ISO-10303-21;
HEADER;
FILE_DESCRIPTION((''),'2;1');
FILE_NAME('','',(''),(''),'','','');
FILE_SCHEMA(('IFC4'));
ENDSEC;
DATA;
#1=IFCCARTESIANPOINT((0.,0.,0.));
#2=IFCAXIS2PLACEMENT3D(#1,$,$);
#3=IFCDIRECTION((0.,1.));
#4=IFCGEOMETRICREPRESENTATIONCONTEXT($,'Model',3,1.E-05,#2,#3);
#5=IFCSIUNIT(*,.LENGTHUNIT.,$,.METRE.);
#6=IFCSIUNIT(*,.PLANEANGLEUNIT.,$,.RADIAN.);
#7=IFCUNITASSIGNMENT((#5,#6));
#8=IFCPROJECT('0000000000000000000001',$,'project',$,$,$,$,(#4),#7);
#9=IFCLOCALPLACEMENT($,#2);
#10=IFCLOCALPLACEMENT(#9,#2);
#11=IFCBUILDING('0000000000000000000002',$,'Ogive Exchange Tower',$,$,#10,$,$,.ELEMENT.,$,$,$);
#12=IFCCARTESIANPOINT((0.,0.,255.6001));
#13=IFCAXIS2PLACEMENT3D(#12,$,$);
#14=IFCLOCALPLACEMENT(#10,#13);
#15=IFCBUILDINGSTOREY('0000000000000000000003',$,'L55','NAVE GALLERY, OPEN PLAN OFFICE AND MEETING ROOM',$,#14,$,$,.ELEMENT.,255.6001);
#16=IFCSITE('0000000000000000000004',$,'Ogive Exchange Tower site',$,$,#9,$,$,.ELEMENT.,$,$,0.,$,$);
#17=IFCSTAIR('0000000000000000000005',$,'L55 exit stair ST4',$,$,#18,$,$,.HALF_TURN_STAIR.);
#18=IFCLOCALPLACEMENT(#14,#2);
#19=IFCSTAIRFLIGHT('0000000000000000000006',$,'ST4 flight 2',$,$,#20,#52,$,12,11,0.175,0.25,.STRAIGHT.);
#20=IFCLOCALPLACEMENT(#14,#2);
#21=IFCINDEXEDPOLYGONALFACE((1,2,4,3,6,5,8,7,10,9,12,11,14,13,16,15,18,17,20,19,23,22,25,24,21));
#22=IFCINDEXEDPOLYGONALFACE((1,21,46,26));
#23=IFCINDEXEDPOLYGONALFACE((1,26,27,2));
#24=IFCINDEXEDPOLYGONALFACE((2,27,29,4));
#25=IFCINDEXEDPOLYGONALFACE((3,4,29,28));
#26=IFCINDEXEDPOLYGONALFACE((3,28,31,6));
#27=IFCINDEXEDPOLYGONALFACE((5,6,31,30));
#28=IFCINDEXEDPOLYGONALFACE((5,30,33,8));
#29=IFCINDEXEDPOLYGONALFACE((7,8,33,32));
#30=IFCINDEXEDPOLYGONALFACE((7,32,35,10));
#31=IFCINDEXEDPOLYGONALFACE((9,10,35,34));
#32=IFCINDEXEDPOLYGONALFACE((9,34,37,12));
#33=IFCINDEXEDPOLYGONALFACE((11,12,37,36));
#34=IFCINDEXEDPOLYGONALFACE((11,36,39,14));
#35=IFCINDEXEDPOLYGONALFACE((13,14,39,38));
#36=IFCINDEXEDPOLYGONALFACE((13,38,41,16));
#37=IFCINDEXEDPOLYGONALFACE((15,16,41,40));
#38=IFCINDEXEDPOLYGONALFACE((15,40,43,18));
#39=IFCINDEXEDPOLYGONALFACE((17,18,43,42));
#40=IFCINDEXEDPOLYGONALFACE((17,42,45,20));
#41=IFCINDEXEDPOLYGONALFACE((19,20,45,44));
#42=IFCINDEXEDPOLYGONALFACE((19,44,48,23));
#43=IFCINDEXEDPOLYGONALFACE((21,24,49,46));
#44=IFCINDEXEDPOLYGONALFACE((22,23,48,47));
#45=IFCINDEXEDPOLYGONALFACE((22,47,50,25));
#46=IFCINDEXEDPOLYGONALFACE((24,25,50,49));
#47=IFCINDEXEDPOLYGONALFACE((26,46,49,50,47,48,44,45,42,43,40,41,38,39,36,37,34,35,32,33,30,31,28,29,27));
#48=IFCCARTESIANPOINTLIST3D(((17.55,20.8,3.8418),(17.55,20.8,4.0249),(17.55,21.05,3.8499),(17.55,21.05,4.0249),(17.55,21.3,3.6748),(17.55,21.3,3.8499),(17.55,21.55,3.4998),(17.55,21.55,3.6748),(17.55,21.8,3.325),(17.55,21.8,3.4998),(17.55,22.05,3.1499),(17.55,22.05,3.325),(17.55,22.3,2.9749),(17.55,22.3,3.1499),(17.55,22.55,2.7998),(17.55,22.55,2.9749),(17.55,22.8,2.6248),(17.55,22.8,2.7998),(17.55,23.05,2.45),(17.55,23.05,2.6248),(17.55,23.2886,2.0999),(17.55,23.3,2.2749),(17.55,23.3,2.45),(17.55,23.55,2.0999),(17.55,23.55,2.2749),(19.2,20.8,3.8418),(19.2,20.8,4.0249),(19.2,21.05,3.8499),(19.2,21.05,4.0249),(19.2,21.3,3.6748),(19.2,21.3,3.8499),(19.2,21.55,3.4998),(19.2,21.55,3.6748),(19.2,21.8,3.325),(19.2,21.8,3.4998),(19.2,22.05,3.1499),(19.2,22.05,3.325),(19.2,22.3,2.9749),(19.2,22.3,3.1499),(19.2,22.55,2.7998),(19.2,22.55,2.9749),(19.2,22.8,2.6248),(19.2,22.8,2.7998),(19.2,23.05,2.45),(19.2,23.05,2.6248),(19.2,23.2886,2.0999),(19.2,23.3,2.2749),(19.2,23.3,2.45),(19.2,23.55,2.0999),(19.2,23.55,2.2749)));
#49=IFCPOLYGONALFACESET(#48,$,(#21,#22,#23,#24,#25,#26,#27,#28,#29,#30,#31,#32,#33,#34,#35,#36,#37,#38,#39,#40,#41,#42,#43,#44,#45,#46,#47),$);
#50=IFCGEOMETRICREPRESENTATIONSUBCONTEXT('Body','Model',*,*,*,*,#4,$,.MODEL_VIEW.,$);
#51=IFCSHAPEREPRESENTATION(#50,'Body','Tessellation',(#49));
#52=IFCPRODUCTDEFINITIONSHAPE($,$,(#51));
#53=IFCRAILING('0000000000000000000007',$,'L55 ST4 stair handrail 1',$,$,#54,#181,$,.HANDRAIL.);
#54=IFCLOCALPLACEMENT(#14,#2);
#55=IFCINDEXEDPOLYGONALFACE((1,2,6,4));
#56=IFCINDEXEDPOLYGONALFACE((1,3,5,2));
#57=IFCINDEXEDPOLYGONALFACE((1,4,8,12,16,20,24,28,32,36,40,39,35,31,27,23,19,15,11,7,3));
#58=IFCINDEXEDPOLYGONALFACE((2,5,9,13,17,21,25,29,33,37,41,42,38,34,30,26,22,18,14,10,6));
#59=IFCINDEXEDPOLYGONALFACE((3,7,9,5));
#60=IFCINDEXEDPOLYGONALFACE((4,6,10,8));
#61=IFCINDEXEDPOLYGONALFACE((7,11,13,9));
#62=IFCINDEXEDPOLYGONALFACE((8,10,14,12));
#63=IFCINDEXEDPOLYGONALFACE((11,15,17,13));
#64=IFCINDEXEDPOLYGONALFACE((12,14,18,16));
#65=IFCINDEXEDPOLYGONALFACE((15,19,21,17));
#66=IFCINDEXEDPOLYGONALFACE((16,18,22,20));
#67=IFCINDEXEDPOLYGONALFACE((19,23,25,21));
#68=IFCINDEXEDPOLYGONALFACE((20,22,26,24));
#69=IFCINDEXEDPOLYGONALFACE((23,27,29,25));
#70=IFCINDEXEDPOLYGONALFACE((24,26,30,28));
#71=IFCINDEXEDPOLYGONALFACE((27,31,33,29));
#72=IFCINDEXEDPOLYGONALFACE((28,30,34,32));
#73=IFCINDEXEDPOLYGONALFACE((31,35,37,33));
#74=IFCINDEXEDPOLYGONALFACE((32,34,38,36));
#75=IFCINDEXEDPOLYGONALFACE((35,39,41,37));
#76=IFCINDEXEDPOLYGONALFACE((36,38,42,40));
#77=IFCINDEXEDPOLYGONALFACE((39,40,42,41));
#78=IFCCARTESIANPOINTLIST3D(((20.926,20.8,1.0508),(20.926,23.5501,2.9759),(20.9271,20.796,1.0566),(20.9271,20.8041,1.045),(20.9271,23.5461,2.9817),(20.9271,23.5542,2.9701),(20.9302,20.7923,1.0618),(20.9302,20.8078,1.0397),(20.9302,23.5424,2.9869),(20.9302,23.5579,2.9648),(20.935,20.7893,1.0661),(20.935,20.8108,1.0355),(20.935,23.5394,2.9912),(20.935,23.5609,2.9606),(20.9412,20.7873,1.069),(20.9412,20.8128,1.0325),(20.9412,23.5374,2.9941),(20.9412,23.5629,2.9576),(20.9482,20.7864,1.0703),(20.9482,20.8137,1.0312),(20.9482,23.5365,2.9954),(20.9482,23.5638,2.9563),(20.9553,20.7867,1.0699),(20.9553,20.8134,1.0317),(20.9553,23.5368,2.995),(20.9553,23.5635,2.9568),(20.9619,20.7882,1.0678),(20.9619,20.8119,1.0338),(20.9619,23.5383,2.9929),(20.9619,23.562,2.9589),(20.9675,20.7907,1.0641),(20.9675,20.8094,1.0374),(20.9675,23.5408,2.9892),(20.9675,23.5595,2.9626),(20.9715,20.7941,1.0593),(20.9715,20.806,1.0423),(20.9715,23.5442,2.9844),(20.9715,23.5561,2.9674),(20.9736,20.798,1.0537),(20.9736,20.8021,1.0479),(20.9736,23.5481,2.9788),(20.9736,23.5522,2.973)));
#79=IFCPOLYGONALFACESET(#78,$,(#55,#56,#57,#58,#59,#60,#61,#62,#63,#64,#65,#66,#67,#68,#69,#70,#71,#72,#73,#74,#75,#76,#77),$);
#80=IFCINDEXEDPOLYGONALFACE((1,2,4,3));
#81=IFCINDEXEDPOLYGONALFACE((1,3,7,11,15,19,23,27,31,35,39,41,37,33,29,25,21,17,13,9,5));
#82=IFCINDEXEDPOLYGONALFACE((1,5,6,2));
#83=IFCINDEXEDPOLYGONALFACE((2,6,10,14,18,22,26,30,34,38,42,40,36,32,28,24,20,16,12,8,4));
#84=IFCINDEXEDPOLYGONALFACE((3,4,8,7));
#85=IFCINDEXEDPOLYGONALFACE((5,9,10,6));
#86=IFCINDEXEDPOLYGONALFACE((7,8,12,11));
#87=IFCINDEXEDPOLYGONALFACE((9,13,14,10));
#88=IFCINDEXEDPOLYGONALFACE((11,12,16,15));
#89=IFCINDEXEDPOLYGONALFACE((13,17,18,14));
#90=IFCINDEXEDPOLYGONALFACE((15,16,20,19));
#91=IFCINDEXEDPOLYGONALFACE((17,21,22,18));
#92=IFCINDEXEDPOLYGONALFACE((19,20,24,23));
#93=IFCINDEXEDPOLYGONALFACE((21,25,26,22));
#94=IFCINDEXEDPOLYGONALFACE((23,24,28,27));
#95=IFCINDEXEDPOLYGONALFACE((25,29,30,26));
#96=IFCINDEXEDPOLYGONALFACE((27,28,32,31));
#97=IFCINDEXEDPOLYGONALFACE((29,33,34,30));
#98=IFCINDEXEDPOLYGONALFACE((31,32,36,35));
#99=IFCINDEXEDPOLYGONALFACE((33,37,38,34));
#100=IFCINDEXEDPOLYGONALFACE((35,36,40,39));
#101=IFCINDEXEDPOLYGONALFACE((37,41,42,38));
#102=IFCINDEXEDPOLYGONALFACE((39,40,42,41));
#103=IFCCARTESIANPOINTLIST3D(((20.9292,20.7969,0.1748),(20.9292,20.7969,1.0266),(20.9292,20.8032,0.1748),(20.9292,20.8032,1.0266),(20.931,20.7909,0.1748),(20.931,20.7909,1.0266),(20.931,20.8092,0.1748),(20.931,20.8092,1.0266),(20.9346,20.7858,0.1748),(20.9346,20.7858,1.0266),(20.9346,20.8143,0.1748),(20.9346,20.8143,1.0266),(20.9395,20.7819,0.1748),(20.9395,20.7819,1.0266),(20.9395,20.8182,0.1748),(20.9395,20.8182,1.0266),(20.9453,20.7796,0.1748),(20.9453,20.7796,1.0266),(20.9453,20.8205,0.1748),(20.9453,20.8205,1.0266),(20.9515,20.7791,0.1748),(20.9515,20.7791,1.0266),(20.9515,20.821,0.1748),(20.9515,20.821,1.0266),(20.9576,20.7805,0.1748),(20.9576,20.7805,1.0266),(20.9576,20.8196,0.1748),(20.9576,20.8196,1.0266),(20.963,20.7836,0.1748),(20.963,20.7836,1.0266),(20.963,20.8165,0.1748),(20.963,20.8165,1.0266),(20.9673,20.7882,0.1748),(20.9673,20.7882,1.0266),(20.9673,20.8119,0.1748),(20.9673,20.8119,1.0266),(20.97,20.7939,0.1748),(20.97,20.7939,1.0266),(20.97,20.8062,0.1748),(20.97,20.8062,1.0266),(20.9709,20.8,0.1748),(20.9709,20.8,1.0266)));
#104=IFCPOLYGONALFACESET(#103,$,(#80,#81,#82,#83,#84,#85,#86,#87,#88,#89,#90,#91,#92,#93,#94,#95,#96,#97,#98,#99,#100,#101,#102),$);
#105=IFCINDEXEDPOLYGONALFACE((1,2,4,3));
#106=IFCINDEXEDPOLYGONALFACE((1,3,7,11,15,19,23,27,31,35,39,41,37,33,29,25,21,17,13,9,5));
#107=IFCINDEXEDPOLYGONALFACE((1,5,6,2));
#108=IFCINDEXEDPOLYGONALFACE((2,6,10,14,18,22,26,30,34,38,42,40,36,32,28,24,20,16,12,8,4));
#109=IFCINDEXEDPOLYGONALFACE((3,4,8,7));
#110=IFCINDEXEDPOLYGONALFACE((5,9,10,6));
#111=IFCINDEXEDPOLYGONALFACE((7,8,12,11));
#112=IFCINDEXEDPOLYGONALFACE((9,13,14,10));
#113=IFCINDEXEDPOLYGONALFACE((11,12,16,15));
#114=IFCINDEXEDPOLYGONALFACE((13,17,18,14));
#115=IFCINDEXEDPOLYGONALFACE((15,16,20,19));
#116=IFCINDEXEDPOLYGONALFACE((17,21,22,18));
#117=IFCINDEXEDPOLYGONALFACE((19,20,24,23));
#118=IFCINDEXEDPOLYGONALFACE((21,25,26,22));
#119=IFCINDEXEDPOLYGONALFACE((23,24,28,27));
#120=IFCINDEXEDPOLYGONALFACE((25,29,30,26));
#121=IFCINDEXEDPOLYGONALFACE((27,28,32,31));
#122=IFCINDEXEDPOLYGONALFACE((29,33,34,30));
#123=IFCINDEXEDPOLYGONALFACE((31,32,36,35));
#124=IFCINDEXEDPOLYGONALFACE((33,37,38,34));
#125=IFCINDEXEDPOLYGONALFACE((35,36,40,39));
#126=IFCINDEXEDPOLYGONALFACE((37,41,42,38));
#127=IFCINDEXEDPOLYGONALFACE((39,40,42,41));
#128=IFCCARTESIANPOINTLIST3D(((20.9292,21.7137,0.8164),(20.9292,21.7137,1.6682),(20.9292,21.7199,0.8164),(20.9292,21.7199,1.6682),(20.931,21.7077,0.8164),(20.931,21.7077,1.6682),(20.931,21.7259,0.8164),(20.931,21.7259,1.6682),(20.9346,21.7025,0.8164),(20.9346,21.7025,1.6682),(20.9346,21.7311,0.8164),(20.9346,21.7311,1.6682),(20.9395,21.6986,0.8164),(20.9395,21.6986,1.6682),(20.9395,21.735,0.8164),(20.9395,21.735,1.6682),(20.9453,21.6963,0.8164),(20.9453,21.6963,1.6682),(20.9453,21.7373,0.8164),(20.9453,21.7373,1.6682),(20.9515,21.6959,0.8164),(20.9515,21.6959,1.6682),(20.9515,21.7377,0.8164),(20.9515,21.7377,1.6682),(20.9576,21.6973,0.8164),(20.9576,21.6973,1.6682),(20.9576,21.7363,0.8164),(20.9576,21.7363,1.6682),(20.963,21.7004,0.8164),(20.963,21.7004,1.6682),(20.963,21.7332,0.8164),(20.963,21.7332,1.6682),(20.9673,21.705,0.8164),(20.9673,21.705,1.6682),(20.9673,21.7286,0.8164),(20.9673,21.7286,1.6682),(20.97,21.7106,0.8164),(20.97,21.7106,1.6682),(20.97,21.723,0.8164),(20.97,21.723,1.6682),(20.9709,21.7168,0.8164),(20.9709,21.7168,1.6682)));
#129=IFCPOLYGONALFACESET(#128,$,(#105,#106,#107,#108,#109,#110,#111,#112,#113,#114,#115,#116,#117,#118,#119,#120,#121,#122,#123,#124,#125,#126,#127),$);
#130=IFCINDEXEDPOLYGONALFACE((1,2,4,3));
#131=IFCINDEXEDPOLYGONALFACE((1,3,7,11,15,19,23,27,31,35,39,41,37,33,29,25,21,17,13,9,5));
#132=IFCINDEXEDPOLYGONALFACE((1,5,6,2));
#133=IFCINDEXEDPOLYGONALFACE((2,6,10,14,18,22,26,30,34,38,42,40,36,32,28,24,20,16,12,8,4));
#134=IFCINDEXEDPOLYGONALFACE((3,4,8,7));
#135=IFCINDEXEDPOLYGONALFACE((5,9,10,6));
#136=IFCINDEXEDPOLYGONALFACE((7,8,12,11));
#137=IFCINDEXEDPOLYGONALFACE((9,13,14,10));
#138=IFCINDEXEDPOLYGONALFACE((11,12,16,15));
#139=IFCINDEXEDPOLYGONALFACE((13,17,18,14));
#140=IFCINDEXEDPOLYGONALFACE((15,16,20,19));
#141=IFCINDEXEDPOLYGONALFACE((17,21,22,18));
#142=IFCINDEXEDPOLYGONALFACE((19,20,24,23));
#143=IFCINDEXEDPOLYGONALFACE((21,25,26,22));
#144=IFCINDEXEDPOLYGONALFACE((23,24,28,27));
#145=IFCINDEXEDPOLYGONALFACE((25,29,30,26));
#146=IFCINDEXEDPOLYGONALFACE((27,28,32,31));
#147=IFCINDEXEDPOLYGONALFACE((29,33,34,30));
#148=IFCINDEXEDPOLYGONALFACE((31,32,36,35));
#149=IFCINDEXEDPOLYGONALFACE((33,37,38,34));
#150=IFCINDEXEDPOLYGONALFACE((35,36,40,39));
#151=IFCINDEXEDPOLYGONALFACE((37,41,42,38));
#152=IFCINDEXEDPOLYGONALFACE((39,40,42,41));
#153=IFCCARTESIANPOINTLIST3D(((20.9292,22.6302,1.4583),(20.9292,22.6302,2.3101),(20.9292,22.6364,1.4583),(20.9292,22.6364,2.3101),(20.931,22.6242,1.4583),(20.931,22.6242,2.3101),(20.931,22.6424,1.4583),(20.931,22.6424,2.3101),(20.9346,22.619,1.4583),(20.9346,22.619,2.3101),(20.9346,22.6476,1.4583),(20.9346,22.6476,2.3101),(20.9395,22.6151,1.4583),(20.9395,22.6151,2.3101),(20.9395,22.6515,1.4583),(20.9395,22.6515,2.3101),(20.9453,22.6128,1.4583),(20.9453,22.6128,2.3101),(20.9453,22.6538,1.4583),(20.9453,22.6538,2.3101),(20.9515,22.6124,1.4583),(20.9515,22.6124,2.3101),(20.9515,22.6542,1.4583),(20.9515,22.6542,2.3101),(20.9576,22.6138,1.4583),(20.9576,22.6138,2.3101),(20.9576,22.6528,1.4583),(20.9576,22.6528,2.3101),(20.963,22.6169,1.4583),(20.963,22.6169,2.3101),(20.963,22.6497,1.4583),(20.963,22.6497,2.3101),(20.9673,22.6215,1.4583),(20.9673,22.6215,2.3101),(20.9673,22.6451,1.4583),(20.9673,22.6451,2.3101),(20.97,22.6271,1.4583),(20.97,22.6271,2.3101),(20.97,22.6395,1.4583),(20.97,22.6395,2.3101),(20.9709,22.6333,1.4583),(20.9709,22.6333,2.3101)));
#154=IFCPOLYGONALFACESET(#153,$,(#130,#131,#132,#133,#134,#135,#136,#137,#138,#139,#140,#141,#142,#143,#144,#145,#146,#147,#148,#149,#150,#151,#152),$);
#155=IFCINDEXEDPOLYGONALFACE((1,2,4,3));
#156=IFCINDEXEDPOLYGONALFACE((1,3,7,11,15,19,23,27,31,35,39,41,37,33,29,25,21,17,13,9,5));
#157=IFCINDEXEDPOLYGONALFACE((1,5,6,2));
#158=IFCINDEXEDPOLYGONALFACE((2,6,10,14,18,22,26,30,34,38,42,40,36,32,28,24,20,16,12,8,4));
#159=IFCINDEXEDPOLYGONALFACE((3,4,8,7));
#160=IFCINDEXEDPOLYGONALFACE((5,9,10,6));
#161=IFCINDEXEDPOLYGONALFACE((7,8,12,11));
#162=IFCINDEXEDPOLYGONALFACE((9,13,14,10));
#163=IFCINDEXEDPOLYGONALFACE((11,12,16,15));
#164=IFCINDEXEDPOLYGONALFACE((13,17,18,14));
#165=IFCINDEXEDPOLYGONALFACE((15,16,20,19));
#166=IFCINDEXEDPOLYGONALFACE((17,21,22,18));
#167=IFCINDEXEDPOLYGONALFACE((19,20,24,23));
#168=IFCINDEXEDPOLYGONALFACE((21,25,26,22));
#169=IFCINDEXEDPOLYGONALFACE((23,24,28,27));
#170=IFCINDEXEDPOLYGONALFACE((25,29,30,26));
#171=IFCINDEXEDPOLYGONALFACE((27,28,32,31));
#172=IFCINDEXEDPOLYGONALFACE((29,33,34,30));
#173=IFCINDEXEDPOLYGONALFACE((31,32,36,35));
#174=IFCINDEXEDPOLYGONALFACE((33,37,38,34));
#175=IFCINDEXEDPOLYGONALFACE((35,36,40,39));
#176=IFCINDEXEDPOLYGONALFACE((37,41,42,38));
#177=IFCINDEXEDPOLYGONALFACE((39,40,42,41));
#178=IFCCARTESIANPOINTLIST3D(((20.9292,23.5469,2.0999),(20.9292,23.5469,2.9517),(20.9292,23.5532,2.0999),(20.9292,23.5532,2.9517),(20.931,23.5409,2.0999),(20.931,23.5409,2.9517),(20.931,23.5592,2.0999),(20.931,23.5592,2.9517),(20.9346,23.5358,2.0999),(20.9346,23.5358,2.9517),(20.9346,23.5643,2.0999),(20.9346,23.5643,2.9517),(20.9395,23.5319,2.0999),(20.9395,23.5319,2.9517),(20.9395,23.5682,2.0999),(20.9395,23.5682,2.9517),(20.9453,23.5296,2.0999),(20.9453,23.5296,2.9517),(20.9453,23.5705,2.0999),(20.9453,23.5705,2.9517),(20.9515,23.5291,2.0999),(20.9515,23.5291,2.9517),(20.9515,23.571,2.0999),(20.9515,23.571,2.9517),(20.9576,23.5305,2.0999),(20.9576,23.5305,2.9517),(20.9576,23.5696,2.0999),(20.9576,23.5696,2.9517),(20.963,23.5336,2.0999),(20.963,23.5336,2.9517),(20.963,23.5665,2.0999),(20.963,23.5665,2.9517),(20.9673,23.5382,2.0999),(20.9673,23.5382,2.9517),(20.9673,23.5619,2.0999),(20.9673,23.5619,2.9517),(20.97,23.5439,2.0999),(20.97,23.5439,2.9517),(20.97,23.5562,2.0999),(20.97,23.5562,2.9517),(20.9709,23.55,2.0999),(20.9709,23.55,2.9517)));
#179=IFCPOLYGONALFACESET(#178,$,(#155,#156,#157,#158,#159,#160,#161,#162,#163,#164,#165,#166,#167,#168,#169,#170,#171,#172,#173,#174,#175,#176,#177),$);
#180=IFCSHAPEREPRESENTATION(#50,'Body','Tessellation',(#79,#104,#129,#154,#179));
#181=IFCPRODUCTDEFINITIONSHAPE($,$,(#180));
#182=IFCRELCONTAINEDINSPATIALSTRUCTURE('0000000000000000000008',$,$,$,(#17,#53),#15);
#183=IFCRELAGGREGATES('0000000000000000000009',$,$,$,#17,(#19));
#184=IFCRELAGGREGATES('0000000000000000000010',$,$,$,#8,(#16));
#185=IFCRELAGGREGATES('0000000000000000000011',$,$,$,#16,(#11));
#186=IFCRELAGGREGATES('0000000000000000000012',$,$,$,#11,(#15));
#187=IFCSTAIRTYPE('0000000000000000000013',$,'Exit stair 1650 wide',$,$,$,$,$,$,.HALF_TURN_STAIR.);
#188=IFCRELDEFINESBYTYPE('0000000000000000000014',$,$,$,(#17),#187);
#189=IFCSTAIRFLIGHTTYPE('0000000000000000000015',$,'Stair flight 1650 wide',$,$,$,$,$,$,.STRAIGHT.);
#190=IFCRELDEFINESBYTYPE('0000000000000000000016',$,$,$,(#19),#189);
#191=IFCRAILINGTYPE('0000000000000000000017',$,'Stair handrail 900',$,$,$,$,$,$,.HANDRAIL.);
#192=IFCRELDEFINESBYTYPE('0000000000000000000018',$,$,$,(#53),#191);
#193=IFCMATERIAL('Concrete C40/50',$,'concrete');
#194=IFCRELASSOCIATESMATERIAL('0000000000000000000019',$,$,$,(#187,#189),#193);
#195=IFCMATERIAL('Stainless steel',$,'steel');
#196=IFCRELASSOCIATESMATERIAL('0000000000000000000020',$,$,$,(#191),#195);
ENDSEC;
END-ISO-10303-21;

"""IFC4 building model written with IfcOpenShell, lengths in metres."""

from ifc_helpers import new_model, si_unit, direction, frame, origin, origin_2d, place, context, subcontext, project, spatial, polyline, circle, outline, extrude, material, type_object, element, aggregate, save


model = new_model("IFC4")

# Units and contexts
model_context = context("Model", 3, precision=1e-05, world=origin(), true_north=direction((0.0, 1.0)))
body_context = subcontext(model_context, "Body", "Model", "MODEL_VIEW")
ifc_project = project(units=[si_unit("LENGTHUNIT", "METRE"), si_unit("PLANEANGLEUNIT", "RADIAN")], contexts=[model_context])

# Site, building, storey
site_placement = place(None, origin())
site = spatial("IfcSite", under=ifc_project, at=site_placement, Name="Ogive Exchange Tower site", CompositionType="ELEMENT", RefElevation=0.0)
building_placement = place(site_placement, origin())
building = spatial("IfcBuilding", under=site, at=building_placement, Name="Ogive Exchange Tower", CompositionType="ELEMENT")
storey_placement = place(building_placement, frame((0.0, 0.0, 255.6001)))
storey = spatial("IfcBuildingStorey", under=building, at=storey_placement, Name="L55", Description="NAVE GALLERY, OPEN PLAN OFFICE AND MEETING ROOM", CompositionType="ELEMENT", Elevation=255.6001)

# Stair, stair flight
ifc_material_1 = material(Name="Concrete C40/50", Category="concrete")
stair_type = type_object("IfcStairType", Name="Exit stair 1650 wide", PredefinedType="HALF_TURN_STAIR", material=ifc_material_1)
stair_placement = place(storey_placement, origin())
stair = element("IfcStair", 1, at=stair_placement, inside=storey, type_object=stair_type, Name="L55 exit stair ST4", PredefinedType="HALF_TURN_STAIR")
stair_flight_type = type_object("IfcStairFlightType", Name="Stair flight 1650 wide", PredefinedType="STRAIGHT", material=ifc_material_1)
stair_flight_1_placement = place(storey_placement, frame((18.375, 23.55, 2.0999), z_axis=(0.0, 0.0, 1.0), x_axis=(0.0, -1.0, 0.0)))
stair_flight_1 = element("IfcStairFlight", 2, at=stair_flight_1_placement, type_object=stair_flight_type, Name="ST4 flight 2", NumberOfRisers=12, NumberOfTreads=11, PredefinedType="STRAIGHT", RiserHeight=0.175, TreadLength=0.25, context=body_context, shape_type="SweptSolid", body=[
    extrude(outline(polyline([(0.0, 0.0), (0.0, 0.175), (0.25, 0.175), (0.25, 0.3501), (0.5, 0.3501), (0.5, 0.5249), (0.75, 0.5249), (0.75, 0.7), (1.0, 0.7), (1.0, 0.875), (1.25, 0.875), (1.25, 1.05), (1.5, 1.05), (1.5, 1.2251), (1.75, 1.2251), (1.75, 1.3999), (2.0, 1.3999), (2.0, 1.575), (2.25, 1.575), (2.25, 1.75), (2.5, 1.75), (2.5, 1.925), (2.75, 1.925), (2.75, 2.1001), (2.75, 1.7419), (0.2615, 0.0), (0.0, 0.0)])), frame((0.0, 0.825, 0.0), z_axis=(0.0, -1.0, 0.0), x_axis=(1.0, 0.0, 0.0)), (0.0, 0.0, 1.0), 1.6499),
])
aggregate(stair, [stair_flight_1])

# Railing
ifc_material_2 = material(Name="Stainless steel", Category="steel")
railing_type = type_object("IfcRailingType", Name="Stair handrail 900", PredefinedType="HANDRAIL", material=ifc_material_2)
railing_1_placement = place(storey_placement, frame((20.95, 20.8, 0.1748)))
element("IfcRailing", 3, at=railing_1_placement, inside=storey, type_object=railing_type, Name="L55 ST4 stair handrail 1", PredefinedType="HANDRAIL", context=body_context, shape_type="SweptSolid", body=[
    extrude(circle(Radius=0.0239, at=origin_2d()), frame((0.0, 0.0, 0.876), z_axis=(0.0, 0.819225, 0.573472), x_axis=(-1.0, 0.0, 0.0)), (0.0, 0.0, 1.0), 3.3569),
    extrude(circle(Radius=0.021, at=origin_2d()), origin(), (0.0, 0.0, 1.0), 0.8518),
    extrude(circle(Radius=0.021, at=origin_2d()), frame((0.0, 0.9167, 0.6416)), (0.0, 0.0, 1.0), 0.8518),
    extrude(circle(Radius=0.021, at=origin_2d()), frame((0.0, 1.8333, 1.2834)), (0.0, 0.0, 1.0), 0.8518),
    extrude(circle(Radius=0.021, at=origin_2d()), frame((0.0, 2.75, 1.925)), (0.0, 0.0, 1.0), 0.8518),
])

save(model, "model.ifc")
